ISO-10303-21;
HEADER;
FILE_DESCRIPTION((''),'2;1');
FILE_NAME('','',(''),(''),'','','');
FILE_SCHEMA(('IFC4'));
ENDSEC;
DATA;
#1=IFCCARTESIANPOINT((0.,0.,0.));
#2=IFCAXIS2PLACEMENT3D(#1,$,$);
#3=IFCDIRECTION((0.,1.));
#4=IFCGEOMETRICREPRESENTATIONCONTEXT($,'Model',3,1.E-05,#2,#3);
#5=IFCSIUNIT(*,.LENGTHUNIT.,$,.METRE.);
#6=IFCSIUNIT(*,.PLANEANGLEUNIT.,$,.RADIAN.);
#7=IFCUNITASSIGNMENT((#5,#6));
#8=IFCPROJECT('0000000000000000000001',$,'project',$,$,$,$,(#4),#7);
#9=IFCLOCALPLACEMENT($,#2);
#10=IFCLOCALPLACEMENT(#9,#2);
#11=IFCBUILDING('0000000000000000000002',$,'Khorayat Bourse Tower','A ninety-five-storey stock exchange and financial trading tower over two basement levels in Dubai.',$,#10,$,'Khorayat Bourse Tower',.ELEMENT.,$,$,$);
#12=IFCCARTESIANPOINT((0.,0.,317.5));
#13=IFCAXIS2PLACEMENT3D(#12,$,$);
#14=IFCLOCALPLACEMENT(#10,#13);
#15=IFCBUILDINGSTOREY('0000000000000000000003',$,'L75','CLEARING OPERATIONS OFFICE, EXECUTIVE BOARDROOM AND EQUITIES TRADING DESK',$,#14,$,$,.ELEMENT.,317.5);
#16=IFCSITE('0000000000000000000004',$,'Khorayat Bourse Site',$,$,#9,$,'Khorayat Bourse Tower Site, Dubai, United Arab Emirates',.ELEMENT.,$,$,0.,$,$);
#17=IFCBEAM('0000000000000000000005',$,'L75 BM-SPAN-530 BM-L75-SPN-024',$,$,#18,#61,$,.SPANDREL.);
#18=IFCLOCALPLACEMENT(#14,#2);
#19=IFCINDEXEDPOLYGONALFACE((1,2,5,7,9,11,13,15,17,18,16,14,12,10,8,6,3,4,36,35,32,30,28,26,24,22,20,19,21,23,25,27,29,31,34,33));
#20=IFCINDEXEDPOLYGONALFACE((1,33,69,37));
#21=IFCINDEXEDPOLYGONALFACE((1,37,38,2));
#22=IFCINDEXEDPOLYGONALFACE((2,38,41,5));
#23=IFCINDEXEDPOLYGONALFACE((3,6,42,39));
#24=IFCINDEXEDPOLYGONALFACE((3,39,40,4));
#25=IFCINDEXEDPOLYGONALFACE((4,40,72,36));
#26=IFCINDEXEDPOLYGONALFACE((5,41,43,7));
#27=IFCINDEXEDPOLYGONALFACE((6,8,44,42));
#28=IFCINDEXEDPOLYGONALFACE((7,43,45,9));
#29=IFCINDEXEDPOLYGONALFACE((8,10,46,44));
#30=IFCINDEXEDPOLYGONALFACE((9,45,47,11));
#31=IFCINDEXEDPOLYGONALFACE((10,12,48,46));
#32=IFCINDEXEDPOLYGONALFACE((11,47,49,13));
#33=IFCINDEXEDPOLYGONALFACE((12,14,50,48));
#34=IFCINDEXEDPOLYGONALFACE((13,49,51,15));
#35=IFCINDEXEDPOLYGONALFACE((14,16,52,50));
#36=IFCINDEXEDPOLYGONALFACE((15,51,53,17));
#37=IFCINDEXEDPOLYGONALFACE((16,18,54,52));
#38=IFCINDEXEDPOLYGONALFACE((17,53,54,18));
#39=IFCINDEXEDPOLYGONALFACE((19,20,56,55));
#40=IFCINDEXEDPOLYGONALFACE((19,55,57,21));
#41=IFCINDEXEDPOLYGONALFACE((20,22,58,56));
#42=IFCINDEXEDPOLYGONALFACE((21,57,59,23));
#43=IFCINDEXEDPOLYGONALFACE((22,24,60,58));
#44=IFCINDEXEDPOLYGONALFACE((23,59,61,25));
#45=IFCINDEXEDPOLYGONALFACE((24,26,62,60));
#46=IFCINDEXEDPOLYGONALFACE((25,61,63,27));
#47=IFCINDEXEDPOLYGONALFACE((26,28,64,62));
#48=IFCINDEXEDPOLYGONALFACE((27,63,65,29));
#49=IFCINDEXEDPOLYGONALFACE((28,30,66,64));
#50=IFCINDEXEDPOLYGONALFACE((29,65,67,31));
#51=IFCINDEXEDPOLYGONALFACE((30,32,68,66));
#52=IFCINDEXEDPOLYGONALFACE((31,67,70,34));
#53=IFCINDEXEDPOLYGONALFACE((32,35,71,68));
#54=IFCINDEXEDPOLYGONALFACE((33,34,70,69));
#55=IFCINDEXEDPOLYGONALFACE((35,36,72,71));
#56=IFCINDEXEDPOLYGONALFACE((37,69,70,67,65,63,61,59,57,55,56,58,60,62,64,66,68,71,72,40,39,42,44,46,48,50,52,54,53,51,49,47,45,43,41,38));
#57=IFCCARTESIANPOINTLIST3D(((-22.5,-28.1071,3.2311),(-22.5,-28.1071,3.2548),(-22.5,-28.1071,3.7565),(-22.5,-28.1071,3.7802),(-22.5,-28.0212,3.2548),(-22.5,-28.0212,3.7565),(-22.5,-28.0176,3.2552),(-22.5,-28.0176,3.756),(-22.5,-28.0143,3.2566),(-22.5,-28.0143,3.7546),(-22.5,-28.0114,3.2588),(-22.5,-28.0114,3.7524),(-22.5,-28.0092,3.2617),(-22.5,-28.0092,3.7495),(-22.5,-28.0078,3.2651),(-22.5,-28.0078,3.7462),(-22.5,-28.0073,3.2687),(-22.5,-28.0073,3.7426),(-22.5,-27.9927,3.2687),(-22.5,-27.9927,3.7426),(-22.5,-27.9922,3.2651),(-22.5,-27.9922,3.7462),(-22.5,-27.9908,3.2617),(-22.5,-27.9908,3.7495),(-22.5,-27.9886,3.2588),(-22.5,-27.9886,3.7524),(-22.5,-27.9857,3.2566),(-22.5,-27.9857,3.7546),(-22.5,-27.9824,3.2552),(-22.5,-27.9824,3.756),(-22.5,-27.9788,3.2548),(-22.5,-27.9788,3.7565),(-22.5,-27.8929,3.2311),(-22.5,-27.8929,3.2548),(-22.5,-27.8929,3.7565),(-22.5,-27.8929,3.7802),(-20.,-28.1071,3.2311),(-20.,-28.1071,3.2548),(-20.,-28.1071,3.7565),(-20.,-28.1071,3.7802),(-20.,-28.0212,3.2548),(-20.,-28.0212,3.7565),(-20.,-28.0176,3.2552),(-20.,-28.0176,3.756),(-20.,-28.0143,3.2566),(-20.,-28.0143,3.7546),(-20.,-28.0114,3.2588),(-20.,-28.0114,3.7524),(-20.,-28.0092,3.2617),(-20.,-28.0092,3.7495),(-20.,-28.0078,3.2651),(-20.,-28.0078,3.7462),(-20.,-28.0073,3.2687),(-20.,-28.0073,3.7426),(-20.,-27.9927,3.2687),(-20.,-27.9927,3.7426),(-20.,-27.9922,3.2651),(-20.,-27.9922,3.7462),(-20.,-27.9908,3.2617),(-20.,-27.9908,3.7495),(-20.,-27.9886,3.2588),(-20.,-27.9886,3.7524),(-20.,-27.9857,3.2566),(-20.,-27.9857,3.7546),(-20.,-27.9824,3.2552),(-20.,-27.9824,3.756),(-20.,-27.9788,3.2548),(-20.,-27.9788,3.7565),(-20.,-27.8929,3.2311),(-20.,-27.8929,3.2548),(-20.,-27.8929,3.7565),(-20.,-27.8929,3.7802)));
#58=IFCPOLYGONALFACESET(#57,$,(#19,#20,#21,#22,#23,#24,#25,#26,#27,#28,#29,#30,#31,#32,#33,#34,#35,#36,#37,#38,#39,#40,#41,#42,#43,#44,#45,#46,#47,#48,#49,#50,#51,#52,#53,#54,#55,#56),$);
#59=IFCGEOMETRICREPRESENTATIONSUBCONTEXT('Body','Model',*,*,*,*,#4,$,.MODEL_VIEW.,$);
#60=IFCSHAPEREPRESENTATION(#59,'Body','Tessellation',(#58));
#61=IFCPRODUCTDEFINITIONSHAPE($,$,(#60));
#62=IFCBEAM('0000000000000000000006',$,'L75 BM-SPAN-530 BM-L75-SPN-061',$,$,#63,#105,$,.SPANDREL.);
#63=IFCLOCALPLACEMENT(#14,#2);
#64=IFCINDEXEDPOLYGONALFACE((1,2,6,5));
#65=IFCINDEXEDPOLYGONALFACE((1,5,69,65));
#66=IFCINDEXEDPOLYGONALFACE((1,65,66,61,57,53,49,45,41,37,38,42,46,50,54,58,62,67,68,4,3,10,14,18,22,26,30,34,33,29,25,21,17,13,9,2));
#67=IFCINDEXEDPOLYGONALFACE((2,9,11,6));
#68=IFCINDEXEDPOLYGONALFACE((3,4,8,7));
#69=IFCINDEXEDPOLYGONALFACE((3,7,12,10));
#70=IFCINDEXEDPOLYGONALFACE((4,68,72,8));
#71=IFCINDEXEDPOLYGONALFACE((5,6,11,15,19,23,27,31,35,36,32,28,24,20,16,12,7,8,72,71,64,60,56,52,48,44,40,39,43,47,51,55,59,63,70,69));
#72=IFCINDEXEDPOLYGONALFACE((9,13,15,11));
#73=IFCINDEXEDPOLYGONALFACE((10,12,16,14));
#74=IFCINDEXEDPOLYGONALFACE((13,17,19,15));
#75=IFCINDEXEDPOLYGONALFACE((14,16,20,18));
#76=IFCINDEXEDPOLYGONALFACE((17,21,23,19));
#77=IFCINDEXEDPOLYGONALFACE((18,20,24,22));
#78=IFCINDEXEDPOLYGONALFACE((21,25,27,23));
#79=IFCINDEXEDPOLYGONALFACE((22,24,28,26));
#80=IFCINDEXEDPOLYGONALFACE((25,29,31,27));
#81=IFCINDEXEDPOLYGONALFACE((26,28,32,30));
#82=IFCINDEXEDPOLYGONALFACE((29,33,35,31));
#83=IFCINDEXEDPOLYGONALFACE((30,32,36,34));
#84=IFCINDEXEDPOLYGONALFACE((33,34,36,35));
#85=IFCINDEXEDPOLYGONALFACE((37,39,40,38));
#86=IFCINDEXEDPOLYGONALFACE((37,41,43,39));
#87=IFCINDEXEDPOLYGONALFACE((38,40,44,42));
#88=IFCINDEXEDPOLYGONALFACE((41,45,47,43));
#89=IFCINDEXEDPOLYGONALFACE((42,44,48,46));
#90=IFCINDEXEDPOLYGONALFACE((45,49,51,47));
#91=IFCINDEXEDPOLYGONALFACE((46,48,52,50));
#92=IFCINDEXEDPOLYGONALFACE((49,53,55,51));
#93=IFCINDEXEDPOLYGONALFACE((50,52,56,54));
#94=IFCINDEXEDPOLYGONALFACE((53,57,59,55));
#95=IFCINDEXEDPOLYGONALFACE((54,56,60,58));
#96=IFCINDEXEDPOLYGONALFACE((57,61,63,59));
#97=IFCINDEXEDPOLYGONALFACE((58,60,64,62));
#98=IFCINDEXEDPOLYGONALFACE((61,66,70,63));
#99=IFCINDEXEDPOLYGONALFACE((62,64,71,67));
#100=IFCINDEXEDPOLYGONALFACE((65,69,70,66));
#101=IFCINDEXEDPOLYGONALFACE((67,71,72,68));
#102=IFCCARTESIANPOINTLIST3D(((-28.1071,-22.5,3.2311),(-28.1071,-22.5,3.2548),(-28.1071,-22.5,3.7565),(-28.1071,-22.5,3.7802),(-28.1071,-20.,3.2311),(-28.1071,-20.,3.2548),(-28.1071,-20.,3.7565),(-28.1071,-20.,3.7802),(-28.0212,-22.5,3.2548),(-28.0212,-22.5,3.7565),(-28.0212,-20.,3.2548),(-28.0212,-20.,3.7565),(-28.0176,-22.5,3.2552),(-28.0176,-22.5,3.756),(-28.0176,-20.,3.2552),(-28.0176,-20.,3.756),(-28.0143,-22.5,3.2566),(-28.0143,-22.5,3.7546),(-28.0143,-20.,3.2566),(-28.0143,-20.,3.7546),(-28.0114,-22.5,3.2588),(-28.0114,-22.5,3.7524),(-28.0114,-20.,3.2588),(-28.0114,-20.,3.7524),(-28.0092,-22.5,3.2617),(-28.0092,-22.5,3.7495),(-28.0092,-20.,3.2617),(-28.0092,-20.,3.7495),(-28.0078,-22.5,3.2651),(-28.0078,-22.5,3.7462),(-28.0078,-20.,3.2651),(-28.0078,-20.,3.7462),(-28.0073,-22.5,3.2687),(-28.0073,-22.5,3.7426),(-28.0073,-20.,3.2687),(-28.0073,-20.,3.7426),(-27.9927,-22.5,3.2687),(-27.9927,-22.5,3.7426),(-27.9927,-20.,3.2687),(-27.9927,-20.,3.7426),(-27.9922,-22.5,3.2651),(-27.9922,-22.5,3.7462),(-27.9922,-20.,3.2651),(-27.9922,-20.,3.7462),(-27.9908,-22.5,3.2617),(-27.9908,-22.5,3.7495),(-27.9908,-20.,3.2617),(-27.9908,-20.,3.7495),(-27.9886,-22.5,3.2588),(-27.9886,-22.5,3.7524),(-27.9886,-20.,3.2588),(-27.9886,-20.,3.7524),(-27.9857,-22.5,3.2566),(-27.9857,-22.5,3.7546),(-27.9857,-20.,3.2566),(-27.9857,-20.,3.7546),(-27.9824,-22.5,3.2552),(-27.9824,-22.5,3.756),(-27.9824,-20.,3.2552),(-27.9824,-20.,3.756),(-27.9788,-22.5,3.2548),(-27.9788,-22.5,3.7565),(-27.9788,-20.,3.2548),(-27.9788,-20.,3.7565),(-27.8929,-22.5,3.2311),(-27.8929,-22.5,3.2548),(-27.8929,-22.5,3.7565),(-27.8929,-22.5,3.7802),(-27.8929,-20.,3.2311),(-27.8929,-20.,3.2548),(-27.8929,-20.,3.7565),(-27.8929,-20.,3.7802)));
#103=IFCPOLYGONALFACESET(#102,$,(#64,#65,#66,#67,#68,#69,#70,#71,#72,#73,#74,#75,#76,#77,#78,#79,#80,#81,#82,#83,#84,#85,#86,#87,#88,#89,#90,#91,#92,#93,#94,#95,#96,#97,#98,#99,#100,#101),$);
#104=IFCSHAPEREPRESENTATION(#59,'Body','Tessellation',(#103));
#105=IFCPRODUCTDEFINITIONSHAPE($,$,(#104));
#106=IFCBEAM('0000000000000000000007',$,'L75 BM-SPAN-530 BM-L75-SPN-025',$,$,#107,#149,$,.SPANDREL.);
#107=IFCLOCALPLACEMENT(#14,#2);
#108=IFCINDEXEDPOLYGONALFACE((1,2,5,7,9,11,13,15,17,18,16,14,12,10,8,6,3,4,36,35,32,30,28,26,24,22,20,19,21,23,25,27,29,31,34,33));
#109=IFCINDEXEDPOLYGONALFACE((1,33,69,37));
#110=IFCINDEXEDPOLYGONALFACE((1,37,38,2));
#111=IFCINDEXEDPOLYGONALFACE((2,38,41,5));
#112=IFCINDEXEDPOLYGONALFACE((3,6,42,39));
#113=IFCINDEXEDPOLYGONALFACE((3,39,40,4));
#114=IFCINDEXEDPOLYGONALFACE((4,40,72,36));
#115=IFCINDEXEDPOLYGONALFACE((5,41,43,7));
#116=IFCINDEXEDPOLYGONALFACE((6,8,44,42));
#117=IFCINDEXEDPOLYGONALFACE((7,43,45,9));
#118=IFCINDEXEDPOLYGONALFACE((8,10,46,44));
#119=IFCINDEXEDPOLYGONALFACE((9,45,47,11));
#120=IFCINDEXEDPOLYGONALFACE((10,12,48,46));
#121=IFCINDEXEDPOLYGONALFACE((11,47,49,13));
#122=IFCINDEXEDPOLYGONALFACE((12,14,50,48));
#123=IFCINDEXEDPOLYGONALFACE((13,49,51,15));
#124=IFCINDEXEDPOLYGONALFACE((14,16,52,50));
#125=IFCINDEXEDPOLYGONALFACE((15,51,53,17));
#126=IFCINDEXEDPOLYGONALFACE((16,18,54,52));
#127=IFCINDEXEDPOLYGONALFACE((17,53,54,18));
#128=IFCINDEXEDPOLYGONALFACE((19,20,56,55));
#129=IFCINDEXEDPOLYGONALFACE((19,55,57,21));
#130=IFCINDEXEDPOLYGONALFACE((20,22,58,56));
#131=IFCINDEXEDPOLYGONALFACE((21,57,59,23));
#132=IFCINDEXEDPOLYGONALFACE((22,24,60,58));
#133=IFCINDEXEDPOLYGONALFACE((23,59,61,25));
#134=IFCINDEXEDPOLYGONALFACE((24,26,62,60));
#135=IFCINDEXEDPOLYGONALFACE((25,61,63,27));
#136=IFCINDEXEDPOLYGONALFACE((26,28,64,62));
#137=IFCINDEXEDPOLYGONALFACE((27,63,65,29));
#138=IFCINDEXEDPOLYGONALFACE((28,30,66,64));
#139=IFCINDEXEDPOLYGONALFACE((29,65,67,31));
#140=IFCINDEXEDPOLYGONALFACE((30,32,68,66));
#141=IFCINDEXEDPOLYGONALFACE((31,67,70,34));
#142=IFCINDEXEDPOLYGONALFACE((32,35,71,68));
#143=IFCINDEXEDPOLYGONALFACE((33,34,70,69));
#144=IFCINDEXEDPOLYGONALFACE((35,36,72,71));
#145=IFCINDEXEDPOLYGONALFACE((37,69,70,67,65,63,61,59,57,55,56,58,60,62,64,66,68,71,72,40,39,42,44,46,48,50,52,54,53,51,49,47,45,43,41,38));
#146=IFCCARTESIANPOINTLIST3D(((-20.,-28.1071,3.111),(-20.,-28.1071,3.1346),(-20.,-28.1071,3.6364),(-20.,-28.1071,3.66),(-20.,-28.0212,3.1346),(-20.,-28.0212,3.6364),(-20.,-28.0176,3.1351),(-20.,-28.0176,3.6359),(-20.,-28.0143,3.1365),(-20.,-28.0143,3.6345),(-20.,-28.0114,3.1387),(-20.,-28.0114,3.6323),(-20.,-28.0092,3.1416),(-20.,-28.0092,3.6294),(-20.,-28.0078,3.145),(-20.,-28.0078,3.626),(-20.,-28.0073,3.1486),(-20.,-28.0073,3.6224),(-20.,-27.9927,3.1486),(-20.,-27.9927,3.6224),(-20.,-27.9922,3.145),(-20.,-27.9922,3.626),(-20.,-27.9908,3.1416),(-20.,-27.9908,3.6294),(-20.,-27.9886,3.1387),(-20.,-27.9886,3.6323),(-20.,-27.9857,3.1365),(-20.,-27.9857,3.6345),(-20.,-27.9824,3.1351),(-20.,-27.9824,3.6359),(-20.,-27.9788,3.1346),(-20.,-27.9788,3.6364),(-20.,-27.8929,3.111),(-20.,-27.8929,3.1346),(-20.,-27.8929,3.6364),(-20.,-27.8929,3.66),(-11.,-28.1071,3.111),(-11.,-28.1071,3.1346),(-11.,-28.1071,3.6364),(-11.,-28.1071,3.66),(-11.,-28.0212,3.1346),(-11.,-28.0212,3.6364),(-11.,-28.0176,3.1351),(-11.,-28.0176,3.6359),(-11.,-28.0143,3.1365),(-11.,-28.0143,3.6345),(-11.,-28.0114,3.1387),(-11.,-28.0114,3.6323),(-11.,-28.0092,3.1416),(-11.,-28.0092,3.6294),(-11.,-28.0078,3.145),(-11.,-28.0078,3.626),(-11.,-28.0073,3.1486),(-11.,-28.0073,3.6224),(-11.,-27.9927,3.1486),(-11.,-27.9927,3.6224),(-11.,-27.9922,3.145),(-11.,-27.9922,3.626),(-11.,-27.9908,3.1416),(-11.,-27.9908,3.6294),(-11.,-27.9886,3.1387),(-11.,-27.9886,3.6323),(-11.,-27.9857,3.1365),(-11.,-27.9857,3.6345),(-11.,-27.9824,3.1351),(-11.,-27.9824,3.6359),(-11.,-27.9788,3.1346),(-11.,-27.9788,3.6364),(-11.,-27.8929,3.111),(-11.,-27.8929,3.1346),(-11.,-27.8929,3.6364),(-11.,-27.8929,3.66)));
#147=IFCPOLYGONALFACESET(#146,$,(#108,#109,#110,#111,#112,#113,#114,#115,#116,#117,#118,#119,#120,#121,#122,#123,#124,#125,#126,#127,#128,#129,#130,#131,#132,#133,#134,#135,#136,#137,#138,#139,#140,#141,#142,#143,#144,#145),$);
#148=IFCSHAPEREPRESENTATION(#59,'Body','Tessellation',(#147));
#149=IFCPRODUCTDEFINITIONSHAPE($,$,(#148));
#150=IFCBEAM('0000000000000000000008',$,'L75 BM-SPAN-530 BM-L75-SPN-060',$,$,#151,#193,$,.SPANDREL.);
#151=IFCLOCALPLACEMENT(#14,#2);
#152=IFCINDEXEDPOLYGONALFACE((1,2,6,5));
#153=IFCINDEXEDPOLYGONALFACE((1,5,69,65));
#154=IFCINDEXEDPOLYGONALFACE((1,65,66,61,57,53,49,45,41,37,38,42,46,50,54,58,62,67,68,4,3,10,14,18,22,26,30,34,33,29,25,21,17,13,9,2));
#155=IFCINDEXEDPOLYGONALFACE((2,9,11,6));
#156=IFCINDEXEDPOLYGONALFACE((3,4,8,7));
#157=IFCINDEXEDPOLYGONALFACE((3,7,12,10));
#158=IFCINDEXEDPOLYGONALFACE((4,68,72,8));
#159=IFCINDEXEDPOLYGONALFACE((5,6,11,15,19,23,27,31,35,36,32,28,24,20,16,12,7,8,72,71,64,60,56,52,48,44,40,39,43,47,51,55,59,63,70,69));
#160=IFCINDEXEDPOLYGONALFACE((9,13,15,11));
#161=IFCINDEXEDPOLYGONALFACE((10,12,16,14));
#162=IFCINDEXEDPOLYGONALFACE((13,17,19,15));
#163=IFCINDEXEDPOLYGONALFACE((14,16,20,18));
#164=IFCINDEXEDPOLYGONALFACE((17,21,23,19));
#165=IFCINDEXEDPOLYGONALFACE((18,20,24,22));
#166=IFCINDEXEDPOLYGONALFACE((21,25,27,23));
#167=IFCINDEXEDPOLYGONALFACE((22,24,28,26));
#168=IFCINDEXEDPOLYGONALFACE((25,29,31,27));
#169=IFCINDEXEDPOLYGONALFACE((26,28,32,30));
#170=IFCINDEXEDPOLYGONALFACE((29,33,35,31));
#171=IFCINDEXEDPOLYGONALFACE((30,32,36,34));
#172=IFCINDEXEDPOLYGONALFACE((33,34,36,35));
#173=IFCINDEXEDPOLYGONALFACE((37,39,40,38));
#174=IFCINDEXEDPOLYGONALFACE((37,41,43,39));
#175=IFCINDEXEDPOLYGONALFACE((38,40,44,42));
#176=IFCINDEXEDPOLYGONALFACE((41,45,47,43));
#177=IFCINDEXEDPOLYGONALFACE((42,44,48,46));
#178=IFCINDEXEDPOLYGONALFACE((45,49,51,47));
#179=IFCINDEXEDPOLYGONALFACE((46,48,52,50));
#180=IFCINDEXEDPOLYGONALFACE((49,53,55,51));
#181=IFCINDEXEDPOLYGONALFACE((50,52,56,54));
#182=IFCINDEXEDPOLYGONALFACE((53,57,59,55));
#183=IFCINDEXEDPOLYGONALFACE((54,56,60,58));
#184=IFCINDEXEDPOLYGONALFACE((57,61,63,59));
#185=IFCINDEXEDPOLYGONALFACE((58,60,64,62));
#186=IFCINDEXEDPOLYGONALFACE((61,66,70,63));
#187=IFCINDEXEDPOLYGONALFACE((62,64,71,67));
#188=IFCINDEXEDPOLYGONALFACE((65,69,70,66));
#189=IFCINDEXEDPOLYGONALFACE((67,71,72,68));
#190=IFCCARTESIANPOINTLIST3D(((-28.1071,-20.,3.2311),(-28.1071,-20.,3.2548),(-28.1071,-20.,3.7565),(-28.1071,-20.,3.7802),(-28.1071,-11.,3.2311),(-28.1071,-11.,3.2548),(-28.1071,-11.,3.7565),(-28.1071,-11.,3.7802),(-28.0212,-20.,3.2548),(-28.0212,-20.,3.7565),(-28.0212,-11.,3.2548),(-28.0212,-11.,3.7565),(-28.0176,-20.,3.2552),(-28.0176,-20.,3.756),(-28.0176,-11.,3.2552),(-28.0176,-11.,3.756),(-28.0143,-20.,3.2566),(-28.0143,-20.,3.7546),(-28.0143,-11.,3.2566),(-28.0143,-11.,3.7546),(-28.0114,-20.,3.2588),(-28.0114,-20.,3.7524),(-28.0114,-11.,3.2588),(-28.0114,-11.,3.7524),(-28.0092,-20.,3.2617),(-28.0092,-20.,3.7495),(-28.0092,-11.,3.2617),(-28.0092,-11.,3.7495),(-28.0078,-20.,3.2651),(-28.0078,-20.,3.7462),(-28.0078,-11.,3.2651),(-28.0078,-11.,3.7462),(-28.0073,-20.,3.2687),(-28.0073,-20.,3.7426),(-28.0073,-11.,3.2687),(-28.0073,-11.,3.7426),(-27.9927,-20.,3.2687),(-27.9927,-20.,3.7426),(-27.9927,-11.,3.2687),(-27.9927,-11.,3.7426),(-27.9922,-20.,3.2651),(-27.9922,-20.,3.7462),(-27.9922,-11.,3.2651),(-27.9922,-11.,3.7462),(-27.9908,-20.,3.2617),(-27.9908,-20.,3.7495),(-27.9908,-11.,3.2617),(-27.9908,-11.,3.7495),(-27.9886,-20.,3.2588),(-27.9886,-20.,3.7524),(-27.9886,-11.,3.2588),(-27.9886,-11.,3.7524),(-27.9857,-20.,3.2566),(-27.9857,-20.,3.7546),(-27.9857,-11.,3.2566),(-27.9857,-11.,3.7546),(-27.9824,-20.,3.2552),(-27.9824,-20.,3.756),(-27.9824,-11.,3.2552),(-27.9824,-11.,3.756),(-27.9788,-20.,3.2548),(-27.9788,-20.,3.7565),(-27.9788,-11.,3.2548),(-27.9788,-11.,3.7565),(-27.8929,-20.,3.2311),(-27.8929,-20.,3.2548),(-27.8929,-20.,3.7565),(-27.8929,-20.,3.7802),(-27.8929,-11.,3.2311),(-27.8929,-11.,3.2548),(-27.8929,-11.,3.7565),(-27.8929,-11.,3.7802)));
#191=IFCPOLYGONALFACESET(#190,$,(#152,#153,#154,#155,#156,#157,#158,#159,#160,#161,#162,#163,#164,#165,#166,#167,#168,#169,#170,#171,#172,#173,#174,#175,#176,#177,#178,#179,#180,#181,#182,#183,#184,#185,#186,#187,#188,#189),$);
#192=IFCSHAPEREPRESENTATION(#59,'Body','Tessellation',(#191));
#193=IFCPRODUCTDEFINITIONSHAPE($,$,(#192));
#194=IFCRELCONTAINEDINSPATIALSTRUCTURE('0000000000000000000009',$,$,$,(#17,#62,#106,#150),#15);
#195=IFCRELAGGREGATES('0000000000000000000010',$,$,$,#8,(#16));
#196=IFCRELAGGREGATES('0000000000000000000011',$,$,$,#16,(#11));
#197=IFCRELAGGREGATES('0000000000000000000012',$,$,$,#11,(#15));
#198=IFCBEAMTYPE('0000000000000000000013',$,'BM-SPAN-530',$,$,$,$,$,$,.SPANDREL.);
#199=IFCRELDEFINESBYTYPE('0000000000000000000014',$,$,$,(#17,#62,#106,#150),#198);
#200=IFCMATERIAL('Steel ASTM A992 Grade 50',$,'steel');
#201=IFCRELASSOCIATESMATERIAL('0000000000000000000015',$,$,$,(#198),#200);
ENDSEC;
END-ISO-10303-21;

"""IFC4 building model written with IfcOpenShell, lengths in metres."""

from ifc_helpers import new_model, si_unit, direction, frame, origin, origin_2d, place, context, subcontext, project, spatial, i_section, extrude, source, transform, mapped, material, material_profile, profile_set, type_object, element, save


model = new_model("IFC4")

# Units and contexts
model_context = context("Model", 3, precision=1e-05, world=origin(), true_north=direction((0.0, 1.0)))
body_context = subcontext(model_context, "Body", "Model", "MODEL_VIEW")
ifc_project = project(units=[si_unit("LENGTHUNIT", "METRE"), si_unit("PLANEANGLEUNIT", "RADIAN")], contexts=[model_context])

# Site, building, storey
site_placement = place(None, origin())
site = spatial("IfcSite", under=ifc_project, at=site_placement, Name="Khorayat Bourse Site", LongName="Khorayat Bourse Tower Site, Dubai, United Arab Emirates", CompositionType="ELEMENT", RefElevation=0.0)
building_placement = place(site_placement, origin())
building = spatial("IfcBuilding", under=site, at=building_placement, Name="Khorayat Bourse Tower", Description="A ninety-five-storey stock exchange and financial trading tower over two basement levels in Dubai.", LongName="Khorayat Bourse Tower", CompositionType="ELEMENT")
storey_placement = place(building_placement, frame((0.0, 0.0, 317.5)))
storey = spatial("IfcBuildingStorey", under=building, at=storey_placement, Name="L75", Description="CLEARING OPERATIONS OFFICE, EXECUTIVE BOARDROOM AND EQUITIES TRADING DESK", CompositionType="ELEMENT", Elevation=317.5)

# Beams
ifc_material_1 = material(Name="Steel ASTM A992 Grade 50", Category="steel")
ifc_material_profile_1 = material_profile(ifc_material_1, i_section(OverallWidth=0.2141, OverallDepth=0.5491, WebThickness=0.0146, FlangeThickness=0.0237, FilletRadius=0.0139, at=origin_2d()), Name="W530X138")
ifc_profile_set_1 = profile_set([ifc_material_profile_1], Name="Steel ASTM A992 Grade 50")
beam_type_1 = type_object("IfcBeamType", Name="BM-SPAN-530", PredefinedType="SPANDREL", material=ifc_profile_set_1)
shared_shape_1 = source(origin(), body_context, "Body", "SweptSolid", [
    extrude(i_section(OverallWidth=0.2141, OverallDepth=0.5491, WebThickness=0.0146, FlangeThickness=0.0237, FilletRadius=0.0139, at=origin_2d()), origin(), (0.0, 0.0, 1.0), 2.5),
])
for number, where, z_axis, x_axis, name in (
    (1, (-22.5, -28.0, 3.5056), (1.0, 0.0, 0.0), (0.0, 1.0, 0.0), "L75 BM-SPAN-530 BM-L75-SPN-024"),
    (2, (-28.0, -22.5, 3.5056), (0.0, 1.0, 0.0), (-1.0, 0.0, 0.0), "L75 BM-SPAN-530 BM-L75-SPN-061"),
):
    element("IfcBeam", number, at=place(storey_placement, frame(where, z_axis=z_axis, x_axis=x_axis)), inside=storey, type_object=beam_type_1, Name=name, PredefinedType="SPANDREL", context=body_context, shape_type="MappedRepresentation", body=[
        mapped(shared_shape_1, transform((0.0, 0.0, 0.0), scale=1.0)),
    ])
shared_shape_2 = source(origin(), body_context, "Body", "SweptSolid", [
    extrude(i_section(OverallWidth=0.2141, OverallDepth=0.5491, WebThickness=0.0146, FlangeThickness=0.0237, FilletRadius=0.0139, at=origin_2d()), origin(), (0.0, 0.0, 1.0), 9.0),
])
for number, where, z_axis, x_axis, name in (
    (3, (-20.0, -28.0, 3.3855), (1.0, 0.0, 0.0), (0.0, 1.0, 0.0), "L75 BM-SPAN-530 BM-L75-SPN-025"),
    (4, (-28.0, -20.0, 3.5056), (0.0, 1.0, 0.0), (-1.0, 0.0, 0.0), "L75 BM-SPAN-530 BM-L75-SPN-060"),
):
    element("IfcBeam", number, at=place(storey_placement, frame(where, z_axis=z_axis, x_axis=x_axis)), inside=storey, type_object=beam_type_1, Name=name, PredefinedType="SPANDREL", context=body_context, shape_type="MappedRepresentation", body=[
        mapped(shared_shape_2, transform((0.0, 0.0, 0.0), scale=1.0)),
    ])

save(model, "model.ifc")
